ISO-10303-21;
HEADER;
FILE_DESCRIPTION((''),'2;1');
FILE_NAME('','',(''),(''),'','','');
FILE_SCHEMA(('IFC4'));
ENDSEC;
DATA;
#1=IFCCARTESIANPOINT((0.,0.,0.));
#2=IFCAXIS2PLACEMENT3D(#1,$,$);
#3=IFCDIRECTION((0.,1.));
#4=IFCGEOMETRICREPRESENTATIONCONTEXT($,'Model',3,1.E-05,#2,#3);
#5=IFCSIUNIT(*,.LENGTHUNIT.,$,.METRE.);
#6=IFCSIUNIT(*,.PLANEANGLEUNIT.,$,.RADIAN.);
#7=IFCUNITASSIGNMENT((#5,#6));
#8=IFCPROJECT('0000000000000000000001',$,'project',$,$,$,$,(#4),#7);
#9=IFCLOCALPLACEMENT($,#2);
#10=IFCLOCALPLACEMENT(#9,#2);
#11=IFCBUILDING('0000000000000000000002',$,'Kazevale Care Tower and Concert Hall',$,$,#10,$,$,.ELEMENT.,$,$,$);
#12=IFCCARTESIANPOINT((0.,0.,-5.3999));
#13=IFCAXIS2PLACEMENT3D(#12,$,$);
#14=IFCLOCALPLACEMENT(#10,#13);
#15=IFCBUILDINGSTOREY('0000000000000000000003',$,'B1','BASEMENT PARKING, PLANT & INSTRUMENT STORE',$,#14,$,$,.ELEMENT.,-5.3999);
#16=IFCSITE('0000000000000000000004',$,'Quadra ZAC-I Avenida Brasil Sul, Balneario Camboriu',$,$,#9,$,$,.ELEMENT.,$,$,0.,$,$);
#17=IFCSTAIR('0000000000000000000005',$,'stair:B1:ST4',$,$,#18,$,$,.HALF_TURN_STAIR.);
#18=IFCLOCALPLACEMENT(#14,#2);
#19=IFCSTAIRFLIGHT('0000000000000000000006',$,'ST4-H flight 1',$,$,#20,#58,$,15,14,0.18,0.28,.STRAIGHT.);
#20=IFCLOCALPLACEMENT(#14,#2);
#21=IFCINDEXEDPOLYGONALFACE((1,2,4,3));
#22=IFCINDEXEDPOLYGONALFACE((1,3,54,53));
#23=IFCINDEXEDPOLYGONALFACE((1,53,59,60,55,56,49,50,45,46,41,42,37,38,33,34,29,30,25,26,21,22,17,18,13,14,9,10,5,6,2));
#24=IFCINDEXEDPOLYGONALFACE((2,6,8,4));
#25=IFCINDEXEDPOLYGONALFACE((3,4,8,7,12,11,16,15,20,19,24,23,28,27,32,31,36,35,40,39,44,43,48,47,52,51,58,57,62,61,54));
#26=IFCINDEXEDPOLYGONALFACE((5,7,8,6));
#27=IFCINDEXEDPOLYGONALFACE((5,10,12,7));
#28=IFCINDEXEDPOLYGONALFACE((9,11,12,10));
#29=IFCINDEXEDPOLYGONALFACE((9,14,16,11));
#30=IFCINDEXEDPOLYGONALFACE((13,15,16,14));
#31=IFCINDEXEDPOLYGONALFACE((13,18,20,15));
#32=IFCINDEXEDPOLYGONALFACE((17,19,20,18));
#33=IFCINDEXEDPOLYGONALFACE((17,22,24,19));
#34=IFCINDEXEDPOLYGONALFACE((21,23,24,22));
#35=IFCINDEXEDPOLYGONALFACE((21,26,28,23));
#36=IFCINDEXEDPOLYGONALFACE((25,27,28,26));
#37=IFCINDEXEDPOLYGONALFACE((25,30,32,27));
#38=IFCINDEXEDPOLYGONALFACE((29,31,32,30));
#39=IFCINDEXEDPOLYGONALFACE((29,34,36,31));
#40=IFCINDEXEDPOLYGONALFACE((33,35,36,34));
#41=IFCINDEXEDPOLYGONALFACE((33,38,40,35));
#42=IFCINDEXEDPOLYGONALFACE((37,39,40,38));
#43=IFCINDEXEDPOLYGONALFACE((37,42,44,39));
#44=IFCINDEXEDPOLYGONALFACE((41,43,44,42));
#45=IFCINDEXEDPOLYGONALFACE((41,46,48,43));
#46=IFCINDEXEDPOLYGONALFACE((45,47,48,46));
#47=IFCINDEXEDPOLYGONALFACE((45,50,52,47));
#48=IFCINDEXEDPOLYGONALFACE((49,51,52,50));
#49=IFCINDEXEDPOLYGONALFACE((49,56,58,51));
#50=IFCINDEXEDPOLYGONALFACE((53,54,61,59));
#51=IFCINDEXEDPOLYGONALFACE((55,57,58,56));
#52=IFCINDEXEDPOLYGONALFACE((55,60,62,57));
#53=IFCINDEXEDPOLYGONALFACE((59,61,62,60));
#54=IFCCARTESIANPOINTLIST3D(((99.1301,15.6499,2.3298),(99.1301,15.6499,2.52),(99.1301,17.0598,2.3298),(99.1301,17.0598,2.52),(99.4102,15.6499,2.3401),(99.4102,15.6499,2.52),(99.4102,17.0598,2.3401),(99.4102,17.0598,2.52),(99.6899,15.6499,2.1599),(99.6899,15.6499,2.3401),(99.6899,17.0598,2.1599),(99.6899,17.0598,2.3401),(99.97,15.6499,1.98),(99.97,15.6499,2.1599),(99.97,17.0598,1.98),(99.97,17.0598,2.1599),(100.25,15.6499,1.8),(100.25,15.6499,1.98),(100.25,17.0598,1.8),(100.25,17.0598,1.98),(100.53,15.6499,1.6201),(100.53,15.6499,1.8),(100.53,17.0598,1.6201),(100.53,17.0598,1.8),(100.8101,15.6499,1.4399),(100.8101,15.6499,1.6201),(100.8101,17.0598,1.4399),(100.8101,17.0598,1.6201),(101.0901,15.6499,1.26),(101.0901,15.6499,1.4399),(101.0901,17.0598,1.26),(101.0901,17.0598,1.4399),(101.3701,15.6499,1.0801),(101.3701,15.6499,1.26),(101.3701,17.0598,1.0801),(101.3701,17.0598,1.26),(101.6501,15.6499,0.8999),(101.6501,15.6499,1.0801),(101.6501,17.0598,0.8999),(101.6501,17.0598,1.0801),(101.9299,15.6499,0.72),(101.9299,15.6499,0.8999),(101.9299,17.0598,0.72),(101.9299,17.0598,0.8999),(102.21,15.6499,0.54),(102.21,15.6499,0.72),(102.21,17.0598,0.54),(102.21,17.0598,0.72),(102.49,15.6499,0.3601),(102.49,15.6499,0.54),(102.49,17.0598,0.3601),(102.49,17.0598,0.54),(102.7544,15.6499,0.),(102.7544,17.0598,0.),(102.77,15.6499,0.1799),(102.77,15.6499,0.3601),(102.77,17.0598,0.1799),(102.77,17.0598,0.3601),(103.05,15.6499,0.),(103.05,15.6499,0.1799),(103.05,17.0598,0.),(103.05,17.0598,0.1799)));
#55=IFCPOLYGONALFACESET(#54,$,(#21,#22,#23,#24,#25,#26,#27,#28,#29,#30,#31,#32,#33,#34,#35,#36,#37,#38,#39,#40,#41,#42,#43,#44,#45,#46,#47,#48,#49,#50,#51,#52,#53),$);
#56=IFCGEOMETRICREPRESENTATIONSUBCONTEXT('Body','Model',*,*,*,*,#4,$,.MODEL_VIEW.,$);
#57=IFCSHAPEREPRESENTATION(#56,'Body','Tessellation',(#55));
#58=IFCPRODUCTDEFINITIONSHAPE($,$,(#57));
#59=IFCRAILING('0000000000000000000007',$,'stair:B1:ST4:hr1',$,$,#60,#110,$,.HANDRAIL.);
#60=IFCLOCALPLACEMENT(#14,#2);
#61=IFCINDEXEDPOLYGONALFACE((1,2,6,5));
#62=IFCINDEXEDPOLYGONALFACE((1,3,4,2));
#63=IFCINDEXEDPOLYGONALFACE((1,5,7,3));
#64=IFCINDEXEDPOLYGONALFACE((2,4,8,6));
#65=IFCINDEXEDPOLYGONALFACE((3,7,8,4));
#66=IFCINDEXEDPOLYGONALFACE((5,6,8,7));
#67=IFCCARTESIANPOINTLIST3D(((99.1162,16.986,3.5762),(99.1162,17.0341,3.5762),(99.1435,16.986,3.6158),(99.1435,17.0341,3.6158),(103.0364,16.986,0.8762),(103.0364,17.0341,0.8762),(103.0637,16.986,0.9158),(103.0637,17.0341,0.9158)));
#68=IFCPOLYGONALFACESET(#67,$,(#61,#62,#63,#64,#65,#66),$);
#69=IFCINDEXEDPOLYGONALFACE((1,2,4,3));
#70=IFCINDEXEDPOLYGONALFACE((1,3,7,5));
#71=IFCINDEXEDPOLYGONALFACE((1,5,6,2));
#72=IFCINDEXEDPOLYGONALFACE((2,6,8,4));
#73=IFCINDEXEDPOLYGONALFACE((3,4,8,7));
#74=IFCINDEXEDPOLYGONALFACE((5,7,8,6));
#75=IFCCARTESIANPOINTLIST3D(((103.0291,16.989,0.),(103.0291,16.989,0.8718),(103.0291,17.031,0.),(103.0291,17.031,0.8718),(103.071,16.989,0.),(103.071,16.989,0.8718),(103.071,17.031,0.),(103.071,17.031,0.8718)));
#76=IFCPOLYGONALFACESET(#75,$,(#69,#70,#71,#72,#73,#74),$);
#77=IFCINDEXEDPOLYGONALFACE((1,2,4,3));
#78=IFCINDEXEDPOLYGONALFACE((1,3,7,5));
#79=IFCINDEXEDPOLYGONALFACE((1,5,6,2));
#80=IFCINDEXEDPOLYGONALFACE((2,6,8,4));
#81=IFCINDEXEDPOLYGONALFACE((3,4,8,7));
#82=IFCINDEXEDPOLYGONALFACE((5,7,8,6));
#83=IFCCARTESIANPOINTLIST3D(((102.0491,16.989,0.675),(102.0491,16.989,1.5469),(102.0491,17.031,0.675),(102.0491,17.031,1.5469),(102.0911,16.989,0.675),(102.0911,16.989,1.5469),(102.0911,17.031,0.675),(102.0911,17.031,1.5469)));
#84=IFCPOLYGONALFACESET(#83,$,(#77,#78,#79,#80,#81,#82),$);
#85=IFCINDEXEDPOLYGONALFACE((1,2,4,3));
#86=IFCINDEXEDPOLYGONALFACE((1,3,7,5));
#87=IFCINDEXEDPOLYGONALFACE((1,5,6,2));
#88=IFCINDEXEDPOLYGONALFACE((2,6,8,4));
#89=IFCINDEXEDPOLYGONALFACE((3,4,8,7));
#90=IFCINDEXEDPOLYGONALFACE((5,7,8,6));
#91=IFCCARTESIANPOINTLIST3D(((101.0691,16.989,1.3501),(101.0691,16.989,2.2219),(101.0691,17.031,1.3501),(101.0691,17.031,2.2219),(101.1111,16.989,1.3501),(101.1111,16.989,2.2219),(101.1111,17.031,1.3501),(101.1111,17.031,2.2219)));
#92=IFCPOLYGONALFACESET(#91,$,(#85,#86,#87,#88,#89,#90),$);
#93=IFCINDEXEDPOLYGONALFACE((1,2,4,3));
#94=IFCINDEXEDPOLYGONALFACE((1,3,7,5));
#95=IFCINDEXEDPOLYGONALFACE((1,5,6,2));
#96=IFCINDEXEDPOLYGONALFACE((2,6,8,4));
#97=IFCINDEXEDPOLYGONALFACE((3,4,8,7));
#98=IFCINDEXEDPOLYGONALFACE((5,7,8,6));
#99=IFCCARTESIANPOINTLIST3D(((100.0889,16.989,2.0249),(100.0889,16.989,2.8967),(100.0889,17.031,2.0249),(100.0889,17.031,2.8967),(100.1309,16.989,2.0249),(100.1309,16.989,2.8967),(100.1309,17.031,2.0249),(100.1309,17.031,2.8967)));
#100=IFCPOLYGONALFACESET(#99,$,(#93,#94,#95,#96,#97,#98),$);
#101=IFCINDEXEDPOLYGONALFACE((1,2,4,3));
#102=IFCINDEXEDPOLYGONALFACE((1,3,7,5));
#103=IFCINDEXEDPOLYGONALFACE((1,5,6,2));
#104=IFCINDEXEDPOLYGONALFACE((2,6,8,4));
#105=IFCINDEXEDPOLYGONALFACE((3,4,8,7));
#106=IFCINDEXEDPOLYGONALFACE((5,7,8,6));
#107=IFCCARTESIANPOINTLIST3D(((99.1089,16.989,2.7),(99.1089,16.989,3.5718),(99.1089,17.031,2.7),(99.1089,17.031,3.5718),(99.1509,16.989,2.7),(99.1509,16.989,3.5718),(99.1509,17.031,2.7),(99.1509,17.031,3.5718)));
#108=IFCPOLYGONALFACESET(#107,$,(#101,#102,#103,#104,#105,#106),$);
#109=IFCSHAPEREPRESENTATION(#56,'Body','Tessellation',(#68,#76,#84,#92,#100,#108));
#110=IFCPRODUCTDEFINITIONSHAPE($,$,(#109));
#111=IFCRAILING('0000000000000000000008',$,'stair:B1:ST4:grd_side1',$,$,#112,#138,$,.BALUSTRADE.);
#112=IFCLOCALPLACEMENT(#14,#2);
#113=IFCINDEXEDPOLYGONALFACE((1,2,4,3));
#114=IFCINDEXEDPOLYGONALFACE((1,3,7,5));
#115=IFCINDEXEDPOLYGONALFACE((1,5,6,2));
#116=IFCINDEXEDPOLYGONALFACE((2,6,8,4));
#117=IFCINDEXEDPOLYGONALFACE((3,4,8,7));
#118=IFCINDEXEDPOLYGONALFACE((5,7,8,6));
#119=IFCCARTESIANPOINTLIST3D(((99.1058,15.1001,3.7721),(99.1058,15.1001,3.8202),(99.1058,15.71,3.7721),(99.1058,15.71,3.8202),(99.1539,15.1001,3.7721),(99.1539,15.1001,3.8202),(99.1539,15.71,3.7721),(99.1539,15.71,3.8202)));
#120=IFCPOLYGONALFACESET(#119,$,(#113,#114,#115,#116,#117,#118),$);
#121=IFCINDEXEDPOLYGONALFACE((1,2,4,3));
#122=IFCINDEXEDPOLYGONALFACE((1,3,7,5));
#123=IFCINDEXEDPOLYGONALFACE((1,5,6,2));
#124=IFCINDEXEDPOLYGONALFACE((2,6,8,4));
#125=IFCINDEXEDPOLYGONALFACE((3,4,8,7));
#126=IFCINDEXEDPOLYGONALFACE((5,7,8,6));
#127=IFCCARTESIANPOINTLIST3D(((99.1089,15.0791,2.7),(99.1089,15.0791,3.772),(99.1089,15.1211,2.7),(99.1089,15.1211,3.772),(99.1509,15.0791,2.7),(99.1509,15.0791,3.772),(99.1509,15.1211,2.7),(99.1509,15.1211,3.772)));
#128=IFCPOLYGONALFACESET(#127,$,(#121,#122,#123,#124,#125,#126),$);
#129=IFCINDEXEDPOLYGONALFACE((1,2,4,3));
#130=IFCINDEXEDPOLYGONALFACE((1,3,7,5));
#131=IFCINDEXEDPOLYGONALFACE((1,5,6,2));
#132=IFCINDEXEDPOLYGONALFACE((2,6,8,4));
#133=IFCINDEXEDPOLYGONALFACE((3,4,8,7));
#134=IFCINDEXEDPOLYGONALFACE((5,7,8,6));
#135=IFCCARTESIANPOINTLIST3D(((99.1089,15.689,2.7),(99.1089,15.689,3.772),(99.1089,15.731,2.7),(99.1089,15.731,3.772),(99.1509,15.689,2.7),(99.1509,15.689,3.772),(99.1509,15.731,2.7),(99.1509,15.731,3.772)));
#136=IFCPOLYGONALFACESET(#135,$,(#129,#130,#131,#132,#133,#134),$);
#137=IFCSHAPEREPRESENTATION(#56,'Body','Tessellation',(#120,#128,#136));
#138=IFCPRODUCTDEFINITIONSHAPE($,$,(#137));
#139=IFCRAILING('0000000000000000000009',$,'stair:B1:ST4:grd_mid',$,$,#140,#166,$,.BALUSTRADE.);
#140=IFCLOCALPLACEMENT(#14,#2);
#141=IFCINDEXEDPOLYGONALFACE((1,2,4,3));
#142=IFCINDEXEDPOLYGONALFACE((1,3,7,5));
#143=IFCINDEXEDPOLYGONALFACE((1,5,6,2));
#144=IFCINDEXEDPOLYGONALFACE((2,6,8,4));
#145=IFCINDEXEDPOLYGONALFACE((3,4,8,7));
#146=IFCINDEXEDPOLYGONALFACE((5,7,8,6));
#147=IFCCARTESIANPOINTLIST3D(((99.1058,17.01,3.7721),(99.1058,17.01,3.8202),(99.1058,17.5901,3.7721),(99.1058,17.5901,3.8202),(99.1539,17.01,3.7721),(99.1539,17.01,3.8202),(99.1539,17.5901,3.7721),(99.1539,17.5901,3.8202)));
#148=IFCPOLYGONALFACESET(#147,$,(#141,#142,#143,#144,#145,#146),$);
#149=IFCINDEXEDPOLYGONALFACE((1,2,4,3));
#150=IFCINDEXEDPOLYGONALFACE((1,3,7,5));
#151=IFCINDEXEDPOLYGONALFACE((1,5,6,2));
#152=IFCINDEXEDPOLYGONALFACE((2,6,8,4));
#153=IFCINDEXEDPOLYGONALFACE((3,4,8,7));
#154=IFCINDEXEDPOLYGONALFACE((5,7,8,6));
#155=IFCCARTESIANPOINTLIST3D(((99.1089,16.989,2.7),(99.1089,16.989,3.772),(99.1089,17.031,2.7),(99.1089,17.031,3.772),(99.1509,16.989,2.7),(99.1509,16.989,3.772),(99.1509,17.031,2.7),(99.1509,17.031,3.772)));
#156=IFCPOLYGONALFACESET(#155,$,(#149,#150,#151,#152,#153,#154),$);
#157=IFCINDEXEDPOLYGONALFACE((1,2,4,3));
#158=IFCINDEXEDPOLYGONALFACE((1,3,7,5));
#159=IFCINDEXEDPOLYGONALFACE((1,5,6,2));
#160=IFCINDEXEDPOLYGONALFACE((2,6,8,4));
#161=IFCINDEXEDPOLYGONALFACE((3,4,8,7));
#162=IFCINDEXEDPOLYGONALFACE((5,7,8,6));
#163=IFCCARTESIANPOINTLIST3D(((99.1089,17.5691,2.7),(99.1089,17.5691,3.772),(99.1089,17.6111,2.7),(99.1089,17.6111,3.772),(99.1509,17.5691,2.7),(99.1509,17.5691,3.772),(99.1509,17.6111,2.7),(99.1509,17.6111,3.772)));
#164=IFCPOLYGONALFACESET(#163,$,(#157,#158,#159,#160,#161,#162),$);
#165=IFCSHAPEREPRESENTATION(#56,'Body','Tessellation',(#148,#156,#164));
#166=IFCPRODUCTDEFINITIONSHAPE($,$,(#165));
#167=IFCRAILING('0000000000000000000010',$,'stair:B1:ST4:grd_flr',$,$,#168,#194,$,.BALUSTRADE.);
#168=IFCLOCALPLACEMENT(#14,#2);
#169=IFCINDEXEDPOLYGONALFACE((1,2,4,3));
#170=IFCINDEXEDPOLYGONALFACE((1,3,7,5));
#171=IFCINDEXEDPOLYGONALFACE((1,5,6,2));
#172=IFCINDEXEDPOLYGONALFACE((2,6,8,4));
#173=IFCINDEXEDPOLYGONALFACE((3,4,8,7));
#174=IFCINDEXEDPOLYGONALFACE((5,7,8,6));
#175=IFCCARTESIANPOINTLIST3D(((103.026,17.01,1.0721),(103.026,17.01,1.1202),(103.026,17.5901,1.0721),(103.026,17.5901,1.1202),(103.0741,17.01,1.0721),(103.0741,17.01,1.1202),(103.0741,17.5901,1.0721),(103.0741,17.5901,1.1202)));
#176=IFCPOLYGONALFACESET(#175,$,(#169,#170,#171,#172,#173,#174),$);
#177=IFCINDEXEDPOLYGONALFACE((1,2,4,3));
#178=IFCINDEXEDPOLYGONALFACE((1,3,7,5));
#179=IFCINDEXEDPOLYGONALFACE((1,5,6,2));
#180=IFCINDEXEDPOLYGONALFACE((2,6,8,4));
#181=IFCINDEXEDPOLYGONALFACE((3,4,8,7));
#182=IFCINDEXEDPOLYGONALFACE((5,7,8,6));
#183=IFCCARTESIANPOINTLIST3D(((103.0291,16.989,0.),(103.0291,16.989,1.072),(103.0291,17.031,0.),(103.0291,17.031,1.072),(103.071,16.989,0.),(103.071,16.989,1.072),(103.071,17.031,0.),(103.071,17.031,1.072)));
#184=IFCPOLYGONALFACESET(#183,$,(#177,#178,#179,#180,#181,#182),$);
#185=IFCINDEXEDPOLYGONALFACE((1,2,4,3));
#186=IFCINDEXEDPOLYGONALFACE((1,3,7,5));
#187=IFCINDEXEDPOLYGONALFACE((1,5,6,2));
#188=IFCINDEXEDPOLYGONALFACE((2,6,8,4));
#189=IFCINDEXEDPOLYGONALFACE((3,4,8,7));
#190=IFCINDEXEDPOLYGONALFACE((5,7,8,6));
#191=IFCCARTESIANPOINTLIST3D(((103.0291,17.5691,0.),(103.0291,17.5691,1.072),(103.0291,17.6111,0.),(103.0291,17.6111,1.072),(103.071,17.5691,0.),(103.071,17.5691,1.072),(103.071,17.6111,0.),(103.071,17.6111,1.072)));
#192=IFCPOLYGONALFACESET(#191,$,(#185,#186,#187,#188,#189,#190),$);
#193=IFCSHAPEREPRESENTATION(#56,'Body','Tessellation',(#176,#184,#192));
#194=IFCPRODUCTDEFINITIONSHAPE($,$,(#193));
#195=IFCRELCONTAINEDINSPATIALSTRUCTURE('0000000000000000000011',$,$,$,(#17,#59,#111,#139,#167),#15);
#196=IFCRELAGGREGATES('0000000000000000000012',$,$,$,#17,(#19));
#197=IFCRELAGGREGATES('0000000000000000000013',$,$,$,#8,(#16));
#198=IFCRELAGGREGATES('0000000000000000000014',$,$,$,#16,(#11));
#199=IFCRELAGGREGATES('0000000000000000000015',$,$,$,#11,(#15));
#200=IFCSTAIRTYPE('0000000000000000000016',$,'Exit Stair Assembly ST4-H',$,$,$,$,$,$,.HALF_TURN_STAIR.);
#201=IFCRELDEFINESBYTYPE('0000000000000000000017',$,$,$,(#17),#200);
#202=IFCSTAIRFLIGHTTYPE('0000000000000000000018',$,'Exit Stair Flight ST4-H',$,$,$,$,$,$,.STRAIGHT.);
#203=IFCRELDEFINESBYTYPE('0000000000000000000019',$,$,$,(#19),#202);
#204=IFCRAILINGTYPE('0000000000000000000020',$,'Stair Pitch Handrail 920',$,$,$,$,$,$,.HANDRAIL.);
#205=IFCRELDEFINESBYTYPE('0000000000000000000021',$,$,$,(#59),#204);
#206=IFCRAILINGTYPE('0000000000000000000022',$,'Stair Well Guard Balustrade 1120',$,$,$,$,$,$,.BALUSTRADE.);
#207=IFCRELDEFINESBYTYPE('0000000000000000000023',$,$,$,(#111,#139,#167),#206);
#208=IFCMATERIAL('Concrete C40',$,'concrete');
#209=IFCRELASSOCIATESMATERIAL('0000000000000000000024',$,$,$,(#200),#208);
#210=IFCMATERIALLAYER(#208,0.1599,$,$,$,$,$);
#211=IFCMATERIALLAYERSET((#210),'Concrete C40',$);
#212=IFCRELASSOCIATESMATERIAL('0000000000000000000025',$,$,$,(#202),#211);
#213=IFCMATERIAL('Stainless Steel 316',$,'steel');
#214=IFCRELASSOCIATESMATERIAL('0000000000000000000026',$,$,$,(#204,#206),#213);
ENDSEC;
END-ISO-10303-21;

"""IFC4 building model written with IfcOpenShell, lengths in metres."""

from ifc_helpers import new_model, si_unit, direction, frame, origin, origin_2d, place, context, subcontext, project, spatial, polyline, rectangle, outline, extrude, material, layer, layer_set, type_object, element, aggregate, save


model = new_model("IFC4")

# Units and contexts
model_context = context("Model", 3, precision=1e-05, world=origin(), true_north=direction((0.0, 1.0)))
body_context = subcontext(model_context, "Body", "Model", "MODEL_VIEW")
ifc_project = project(units=[si_unit("LENGTHUNIT", "METRE"), si_unit("PLANEANGLEUNIT", "RADIAN")], contexts=[model_context])

# Site, building, storey
site_placement = place(None, origin())
site = spatial("IfcSite", under=ifc_project, at=site_placement, Name="Quadra ZAC-I Avenida Brasil Sul, Balneario Camboriu", CompositionType="ELEMENT", RefElevation=0.0)
building_placement = place(site_placement, origin())
building = spatial("IfcBuilding", under=site, at=building_placement, Name="Kazevale Care Tower and Concert Hall", CompositionType="ELEMENT")
storey_placement = place(building_placement, frame((0.0, 0.0, -5.3999)))
storey = spatial("IfcBuildingStorey", under=building, at=storey_placement, Name="B1", Description="BASEMENT PARKING, PLANT & INSTRUMENT STORE", CompositionType="ELEMENT", Elevation=-5.3999)

# Stair, stair flight
ifc_material_1 = material(Name="Concrete C40", Category="concrete")
stair_type = type_object("IfcStairType", Name="Exit Stair Assembly ST4-H", PredefinedType="HALF_TURN_STAIR", material=ifc_material_1)
stair_placement = place(storey_placement, origin())
stair = element("IfcStair", 1, at=stair_placement, inside=storey, type_object=stair_type, Name="stair:B1:ST4", PredefinedType="HALF_TURN_STAIR")
ifc_layer_1 = layer(ifc_material_1, 0.1599)
ifc_layer_set_1 = layer_set([ifc_layer_1], Name="Concrete C40")
stair_flight_type = type_object("IfcStairFlightType", Name="Exit Stair Flight ST4-H", PredefinedType="STRAIGHT", material=ifc_layer_set_1)
stair_flight_placement = place(storey_placement, frame((103.05, 16.355, 0.0), z_axis=(0.0, 0.0, 1.0), x_axis=(-1.0, 0.0, 0.0)))
stair_flight = element("IfcStairFlight", 2, at=stair_flight_placement, type_object=stair_flight_type, Name="ST4-H flight 1", NumberOfRisers=15, NumberOfTreads=14, PredefinedType="STRAIGHT", RiserHeight=0.18, TreadLength=0.28, context=body_context, shape_type="SweptSolid", body=[
    extrude(outline(polyline([(0.0, 0.0), (0.0, 0.1799), (0.28, 0.1799), (0.28, 0.3601), (0.5601, 0.3601), (0.5601, 0.54), (0.8401, 0.54), (0.8401, 0.72), (1.1201, 0.72), (1.1201, 0.8999), (1.3999, 0.8999), (1.3999, 1.0801), (1.6799, 1.0801), (1.6799, 1.26), (1.96, 1.26), (1.96, 1.4399), (2.24, 1.4399), (2.24, 1.6201), (2.52, 1.6201), (2.52, 1.8), (2.8, 1.8), (2.8, 1.98), (3.0801, 1.98), (3.0801, 2.1599), (3.3601, 2.1599), (3.3601, 2.3401), (3.6399, 2.3401), (3.6399, 2.52), (3.9199, 2.52), (3.9199, 2.7), (3.9199, 2.3298), (0.2957, 0.0), (0.0, 0.0)])), frame((0.0, 0.7051, 0.0), z_axis=(0.0, -1.0, 0.0), x_axis=(1.0, 0.0, 0.0)), (0.0, 0.0, 1.0), 1.4099),
])
aggregate(stair, [stair_flight])

# Railings
ifc_material_2 = material(Name="Stainless Steel 316", Category="steel")
railing_type_1 = type_object("IfcRailingType", Name="Stair Pitch Handrail 920", PredefinedType="HANDRAIL", material=ifc_material_2)
railing_1_placement = place(storey_placement, frame((103.05, 17.01, 0.0)))
element("IfcRailing", 3, at=railing_1_placement, inside=storey, type_object=railing_type_1, Name="stair:B1:ST4:hr1", PredefinedType="HANDRAIL", context=body_context, shape_type="SweptSolid", body=[
    extrude(rectangle(XDim=0.0481, YDim=0.0481, at=origin_2d()), frame((0.0, 0.0, 0.896), z_axis=(-0.823567, 0.0, 0.567219), x_axis=(0.0, -1.0, 0.0)), (0.0, 0.0, 1.0), 4.76),
    extrude(rectangle(XDim=0.042, YDim=0.042, at=origin_2d()), origin(), (0.0, 0.0, 1.0), 0.8718),
    extrude(rectangle(XDim=0.042, YDim=0.042, at=origin_2d()), frame((-0.98, 0.0, 0.675)), (0.0, 0.0, 1.0), 0.8718),
    extrude(rectangle(XDim=0.042, YDim=0.042, at=origin_2d()), frame((-1.96, 0.0, 1.3501)), (0.0, 0.0, 1.0), 0.8718),
    extrude(rectangle(XDim=0.042, YDim=0.042, at=origin_2d()), frame((-2.9402, 0.0, 2.0249)), (0.0, 0.0, 1.0), 0.8718),
    extrude(rectangle(XDim=0.042, YDim=0.042, at=origin_2d()), frame((-3.9202, 0.0, 2.7)), (0.0, 0.0, 1.0), 0.8718),
])
railing_type_2 = type_object("IfcRailingType", Name="Stair Well Guard Balustrade 1120", PredefinedType="BALUSTRADE", material=ifc_material_2)
railing_2_placement = place(storey_placement, frame((99.1299, 15.1001, 2.7)))
element("IfcRailing", 4, at=railing_2_placement, inside=storey, type_object=railing_type_2, Name="stair:B1:ST4:grd_side1", PredefinedType="BALUSTRADE", context=body_context, shape_type="SweptSolid", body=[
    extrude(rectangle(XDim=0.0481, YDim=0.0481, at=origin_2d()), frame((0.0, 0.0, 1.0962), z_axis=(0.0, 1.0, 0.0), x_axis=(-1.0, 0.0, 0.0)), (0.0, 0.0, 1.0), 0.6099),
    extrude(rectangle(XDim=0.042, YDim=0.042, at=origin_2d()), origin(), (0.0, 0.0, 1.0), 1.072),
    extrude(rectangle(XDim=0.042, YDim=0.042, at=origin_2d()), frame((0.0, 0.6099, 0.0)), (0.0, 0.0, 1.0), 1.072),
])
for number, where, name in (
    (5, (99.1299, 17.01, 2.7), "stair:B1:ST4:grd_mid"),
    (6, (103.05, 17.01, 0.0), "stair:B1:ST4:grd_flr"),
):
    element("IfcRailing", number, at=place(storey_placement, frame(where)), inside=storey, type_object=railing_type_2, Name=name, PredefinedType="BALUSTRADE", context=body_context, shape_type="SweptSolid", body=[
        extrude(rectangle(XDim=0.0481, YDim=0.0481, at=origin_2d()), frame((0.0, 0.0, 1.0962), z_axis=(0.0, 1.0, 0.0), x_axis=(-1.0, 0.0, 0.0)), (0.0, 0.0, 1.0), 0.5801),
        extrude(rectangle(XDim=0.042, YDim=0.042, at=origin_2d()), origin(), (0.0, 0.0, 1.0), 1.072),
        extrude(rectangle(XDim=0.042, YDim=0.042, at=origin_2d()), frame((0.0, 0.5801, 0.0)), (0.0, 0.0, 1.0), 1.072),
    ])

save(model, "model.ifc")
